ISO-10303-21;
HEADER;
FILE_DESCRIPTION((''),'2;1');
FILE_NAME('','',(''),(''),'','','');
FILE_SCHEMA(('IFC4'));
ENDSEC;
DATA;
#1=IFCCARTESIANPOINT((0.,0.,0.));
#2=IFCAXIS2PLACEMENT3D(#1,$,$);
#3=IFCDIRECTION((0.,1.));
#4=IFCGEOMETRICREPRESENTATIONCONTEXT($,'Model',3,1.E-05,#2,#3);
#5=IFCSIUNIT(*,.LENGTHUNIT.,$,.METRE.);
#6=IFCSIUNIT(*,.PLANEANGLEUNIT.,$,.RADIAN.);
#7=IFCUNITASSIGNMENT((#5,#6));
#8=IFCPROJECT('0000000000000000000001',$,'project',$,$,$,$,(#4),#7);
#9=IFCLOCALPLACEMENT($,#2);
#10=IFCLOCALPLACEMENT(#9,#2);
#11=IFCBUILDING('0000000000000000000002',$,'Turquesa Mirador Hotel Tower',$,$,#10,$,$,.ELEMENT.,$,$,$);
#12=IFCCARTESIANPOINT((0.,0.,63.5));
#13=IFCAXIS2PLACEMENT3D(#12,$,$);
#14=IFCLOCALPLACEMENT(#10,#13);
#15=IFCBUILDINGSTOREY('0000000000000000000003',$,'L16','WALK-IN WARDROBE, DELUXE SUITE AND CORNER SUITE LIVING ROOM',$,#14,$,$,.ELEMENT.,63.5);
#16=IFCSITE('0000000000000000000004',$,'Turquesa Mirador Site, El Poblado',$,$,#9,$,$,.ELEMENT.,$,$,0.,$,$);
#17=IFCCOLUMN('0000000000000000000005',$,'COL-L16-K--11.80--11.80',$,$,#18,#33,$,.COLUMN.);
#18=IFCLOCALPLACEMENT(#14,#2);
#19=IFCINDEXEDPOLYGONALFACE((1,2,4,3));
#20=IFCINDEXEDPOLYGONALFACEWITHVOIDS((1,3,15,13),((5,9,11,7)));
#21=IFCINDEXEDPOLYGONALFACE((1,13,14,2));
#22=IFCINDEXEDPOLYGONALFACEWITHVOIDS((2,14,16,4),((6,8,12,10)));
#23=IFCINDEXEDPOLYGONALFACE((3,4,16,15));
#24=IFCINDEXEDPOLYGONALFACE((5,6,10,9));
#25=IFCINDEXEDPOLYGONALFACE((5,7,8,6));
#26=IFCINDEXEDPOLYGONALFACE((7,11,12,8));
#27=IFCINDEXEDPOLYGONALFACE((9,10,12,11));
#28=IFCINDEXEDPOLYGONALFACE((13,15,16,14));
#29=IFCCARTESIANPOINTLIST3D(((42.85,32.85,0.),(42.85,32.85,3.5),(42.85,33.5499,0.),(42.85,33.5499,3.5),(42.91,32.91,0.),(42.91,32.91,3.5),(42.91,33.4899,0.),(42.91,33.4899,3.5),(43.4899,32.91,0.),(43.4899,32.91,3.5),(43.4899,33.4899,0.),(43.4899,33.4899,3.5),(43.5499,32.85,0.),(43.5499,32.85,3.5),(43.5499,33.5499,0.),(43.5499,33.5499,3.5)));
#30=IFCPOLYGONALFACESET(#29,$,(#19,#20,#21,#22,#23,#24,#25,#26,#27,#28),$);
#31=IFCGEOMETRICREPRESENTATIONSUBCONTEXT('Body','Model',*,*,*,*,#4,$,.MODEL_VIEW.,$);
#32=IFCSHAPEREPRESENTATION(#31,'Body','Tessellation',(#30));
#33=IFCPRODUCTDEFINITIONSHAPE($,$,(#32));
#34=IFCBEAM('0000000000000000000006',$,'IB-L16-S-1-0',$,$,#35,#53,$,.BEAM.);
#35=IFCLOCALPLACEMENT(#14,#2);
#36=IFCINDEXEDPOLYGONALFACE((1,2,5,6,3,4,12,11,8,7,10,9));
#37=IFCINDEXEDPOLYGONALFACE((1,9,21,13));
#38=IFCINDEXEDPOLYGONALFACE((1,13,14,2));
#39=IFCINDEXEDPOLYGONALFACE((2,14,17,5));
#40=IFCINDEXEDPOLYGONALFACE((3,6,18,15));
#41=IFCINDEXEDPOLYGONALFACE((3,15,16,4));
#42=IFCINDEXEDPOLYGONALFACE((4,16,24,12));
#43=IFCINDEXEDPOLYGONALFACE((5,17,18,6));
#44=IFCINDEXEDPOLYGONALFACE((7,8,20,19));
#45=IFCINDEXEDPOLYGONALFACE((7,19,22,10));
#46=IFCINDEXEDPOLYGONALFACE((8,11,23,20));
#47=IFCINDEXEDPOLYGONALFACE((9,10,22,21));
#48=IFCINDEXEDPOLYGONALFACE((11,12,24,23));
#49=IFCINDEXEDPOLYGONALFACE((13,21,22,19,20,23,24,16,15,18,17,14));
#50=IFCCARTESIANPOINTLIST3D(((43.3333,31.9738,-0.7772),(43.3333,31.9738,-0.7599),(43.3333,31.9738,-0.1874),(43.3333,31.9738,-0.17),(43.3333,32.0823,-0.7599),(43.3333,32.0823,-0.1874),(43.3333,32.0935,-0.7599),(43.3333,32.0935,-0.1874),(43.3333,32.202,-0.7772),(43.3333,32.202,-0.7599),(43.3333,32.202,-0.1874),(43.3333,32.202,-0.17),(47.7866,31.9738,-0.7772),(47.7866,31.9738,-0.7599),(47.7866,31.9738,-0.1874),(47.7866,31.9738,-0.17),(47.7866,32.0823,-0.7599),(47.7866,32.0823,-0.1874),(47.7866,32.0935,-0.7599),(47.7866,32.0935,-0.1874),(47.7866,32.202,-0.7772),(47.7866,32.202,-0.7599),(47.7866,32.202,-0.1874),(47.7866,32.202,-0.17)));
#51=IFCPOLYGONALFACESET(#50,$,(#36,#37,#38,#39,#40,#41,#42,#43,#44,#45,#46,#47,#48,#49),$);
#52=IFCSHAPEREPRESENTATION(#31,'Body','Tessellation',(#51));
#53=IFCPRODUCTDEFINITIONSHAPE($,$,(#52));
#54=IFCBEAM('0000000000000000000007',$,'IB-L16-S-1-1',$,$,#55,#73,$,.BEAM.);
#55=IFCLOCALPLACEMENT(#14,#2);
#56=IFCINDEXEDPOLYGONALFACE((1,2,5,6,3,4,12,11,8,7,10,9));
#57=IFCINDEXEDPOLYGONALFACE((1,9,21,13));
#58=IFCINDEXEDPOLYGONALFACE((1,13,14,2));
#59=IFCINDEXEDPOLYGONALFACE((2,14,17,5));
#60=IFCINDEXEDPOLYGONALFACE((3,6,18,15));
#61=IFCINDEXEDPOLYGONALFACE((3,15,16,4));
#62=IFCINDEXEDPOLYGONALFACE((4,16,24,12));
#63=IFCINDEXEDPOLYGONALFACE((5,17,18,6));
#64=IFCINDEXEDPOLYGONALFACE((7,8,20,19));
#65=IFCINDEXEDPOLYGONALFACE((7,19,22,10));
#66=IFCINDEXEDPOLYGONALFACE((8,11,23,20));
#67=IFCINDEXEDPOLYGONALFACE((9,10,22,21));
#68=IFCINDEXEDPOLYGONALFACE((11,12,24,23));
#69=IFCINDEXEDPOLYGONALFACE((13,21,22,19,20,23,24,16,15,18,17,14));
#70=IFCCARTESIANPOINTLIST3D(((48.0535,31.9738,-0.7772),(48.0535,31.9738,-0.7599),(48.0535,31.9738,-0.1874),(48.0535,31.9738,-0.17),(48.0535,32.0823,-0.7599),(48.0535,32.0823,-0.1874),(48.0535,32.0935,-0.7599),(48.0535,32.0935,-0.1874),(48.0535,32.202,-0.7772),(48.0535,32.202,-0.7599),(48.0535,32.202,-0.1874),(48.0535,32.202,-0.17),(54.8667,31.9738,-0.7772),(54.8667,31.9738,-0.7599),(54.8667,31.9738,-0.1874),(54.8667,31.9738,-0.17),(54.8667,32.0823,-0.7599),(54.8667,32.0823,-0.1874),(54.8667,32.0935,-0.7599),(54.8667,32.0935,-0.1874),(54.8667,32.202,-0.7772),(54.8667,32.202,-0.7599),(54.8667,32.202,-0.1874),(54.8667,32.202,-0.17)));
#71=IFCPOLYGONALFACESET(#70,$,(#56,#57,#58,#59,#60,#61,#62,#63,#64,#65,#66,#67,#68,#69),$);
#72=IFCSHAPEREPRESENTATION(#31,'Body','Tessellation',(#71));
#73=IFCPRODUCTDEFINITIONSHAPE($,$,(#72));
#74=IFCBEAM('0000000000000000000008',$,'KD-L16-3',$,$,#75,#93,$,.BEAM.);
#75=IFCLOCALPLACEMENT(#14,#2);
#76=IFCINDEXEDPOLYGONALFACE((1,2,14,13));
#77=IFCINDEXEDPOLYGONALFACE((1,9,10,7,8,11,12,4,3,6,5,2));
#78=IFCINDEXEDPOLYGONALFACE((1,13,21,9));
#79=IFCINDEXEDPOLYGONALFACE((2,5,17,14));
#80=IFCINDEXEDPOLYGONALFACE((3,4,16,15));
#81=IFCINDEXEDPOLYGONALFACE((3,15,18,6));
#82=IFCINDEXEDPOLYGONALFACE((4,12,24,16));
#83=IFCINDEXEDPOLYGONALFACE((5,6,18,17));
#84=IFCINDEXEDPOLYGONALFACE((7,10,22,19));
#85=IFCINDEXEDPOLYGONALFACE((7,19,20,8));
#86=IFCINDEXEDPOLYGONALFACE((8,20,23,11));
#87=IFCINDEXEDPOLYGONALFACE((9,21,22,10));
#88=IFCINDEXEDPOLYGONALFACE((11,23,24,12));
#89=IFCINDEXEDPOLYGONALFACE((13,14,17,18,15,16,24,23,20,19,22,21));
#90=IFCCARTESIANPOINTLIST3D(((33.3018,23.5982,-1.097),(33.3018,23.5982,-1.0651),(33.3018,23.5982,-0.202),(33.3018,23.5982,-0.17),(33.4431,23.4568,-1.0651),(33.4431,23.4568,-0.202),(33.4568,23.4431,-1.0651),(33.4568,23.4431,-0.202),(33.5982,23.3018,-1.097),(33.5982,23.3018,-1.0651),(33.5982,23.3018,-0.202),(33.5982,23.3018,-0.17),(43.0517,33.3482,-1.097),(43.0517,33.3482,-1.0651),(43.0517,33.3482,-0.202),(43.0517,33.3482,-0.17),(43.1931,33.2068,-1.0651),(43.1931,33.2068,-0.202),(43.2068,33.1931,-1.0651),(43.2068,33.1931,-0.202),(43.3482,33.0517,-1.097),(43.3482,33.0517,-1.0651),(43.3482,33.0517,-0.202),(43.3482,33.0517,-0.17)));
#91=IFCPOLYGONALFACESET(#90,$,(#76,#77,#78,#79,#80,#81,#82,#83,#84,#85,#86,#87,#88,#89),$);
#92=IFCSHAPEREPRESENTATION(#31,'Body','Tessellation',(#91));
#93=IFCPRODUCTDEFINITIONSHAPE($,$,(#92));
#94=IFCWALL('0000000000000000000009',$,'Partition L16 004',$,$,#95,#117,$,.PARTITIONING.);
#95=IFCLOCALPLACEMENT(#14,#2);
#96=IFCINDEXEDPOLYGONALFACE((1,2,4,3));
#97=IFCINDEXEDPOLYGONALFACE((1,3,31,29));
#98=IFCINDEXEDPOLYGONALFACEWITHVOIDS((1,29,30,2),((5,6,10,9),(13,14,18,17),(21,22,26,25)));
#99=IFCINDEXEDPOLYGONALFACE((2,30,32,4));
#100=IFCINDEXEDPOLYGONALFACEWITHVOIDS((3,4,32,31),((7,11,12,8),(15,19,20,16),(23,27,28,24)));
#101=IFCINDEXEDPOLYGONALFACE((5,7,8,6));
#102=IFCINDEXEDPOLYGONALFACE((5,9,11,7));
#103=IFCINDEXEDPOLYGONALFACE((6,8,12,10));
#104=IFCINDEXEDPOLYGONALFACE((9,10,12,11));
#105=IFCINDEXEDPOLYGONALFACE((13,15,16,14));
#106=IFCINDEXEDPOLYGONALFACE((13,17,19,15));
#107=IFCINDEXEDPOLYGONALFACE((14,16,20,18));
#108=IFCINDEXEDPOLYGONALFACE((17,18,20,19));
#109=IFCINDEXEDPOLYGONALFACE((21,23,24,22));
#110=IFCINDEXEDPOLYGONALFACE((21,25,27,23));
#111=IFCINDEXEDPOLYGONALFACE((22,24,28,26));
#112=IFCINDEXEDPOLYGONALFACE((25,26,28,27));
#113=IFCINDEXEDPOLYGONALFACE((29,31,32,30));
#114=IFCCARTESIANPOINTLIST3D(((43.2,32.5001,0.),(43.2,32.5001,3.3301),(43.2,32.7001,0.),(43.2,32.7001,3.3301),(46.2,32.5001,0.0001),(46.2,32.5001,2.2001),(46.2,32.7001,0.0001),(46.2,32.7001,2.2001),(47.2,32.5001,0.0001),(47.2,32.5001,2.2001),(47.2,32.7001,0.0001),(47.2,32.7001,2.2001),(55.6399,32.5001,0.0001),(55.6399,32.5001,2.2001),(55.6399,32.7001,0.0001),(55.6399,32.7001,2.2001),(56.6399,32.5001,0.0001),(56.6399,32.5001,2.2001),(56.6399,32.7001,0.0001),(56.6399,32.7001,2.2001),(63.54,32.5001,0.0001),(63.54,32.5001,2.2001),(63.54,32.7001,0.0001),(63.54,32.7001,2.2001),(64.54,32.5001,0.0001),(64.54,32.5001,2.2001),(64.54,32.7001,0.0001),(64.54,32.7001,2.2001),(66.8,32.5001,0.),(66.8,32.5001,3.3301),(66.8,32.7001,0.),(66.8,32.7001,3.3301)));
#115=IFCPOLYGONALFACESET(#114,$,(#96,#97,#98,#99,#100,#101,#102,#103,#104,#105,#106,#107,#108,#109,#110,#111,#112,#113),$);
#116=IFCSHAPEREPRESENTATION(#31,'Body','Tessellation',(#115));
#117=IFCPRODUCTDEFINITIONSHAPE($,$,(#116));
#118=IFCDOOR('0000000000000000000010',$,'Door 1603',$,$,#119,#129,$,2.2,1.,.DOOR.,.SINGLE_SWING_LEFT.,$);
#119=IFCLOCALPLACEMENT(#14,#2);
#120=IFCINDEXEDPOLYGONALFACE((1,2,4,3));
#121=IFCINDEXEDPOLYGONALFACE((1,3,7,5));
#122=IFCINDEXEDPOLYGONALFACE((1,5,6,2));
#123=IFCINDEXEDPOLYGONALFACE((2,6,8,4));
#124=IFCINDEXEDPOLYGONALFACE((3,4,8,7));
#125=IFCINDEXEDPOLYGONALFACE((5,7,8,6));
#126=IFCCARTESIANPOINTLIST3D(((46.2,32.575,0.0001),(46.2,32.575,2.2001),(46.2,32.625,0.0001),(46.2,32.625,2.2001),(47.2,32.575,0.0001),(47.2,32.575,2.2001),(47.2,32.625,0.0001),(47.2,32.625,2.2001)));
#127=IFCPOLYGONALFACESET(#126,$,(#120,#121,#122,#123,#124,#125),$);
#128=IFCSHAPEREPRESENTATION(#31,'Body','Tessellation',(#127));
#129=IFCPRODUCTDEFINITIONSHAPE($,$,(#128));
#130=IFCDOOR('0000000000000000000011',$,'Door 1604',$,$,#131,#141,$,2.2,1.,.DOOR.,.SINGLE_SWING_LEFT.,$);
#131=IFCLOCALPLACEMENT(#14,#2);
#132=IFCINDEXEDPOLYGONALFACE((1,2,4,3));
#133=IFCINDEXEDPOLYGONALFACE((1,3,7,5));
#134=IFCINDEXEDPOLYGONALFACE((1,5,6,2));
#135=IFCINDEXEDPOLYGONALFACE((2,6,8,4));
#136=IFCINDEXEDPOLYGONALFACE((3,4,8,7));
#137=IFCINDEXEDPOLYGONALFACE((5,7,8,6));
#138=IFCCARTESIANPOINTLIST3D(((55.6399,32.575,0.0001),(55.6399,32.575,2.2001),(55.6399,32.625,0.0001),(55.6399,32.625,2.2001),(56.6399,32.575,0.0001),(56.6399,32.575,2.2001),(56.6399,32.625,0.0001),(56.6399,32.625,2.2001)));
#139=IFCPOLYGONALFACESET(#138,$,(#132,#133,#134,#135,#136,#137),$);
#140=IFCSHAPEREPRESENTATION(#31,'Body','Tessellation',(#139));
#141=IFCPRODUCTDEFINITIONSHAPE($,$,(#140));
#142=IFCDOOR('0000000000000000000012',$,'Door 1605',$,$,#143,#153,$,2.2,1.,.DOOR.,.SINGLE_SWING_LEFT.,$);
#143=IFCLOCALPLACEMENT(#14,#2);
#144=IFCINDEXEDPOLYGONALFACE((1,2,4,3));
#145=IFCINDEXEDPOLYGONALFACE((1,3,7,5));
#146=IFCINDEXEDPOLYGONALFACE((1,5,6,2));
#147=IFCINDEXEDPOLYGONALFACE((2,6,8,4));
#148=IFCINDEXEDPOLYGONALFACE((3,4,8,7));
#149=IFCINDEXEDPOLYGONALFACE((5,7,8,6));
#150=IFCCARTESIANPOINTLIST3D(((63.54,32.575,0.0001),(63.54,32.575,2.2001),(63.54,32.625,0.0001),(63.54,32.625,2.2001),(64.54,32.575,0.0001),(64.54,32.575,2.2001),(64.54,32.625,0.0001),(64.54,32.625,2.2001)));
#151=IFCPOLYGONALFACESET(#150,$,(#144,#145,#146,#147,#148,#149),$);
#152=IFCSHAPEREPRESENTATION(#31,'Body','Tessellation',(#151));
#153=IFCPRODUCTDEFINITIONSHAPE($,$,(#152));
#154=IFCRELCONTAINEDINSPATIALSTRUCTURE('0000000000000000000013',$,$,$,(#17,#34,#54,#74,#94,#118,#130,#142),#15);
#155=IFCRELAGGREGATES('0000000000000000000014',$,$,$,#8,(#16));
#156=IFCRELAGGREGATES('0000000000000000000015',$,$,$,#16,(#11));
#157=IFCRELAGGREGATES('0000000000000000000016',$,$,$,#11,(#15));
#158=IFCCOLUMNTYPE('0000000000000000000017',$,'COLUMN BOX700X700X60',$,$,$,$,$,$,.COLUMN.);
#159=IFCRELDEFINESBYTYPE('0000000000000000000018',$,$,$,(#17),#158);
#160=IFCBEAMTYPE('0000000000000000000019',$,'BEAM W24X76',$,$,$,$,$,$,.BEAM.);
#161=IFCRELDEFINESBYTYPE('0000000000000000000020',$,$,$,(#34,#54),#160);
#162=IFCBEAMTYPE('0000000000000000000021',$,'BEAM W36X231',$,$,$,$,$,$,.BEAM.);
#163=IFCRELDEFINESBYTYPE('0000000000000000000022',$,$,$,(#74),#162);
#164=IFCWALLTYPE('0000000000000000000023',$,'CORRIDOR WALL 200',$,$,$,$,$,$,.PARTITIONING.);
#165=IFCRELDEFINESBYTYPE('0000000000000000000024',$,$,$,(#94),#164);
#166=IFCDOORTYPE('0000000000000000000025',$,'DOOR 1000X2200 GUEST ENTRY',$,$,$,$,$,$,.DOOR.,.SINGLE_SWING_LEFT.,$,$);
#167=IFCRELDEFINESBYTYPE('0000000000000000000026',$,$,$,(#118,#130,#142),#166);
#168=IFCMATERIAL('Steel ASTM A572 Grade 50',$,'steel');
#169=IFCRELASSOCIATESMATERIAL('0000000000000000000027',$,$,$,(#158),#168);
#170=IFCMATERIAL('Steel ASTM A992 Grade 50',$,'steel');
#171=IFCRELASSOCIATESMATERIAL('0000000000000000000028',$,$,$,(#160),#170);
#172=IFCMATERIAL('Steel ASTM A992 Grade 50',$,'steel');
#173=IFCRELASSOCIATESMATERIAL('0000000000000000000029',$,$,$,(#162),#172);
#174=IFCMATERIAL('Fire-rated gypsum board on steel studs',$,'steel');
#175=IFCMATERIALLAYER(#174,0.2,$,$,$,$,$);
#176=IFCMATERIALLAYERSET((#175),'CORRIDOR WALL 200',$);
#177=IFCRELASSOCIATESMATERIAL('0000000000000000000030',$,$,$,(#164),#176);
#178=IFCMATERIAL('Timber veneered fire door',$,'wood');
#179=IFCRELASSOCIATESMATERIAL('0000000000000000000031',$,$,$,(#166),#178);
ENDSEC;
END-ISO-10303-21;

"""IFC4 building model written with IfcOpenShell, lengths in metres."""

from ifc_helpers import new_model, si_unit, direction, frame, frame_2d, origin, origin_2d, place, context, subcontext, project, spatial, rectangle, hollow_rectangle, i_section, extrude, material, layer, layer_set, material_profile, profile_set, type_object, element, fill, save


model = new_model("IFC4")

# Units and contexts
model_context = context("Model", 3, precision=1e-05, world=origin(), true_north=direction((0.0, 1.0)))
body_context = subcontext(model_context, "Body", "Model", "MODEL_VIEW")
ifc_project = project(units=[si_unit("LENGTHUNIT", "METRE"), si_unit("PLANEANGLEUNIT", "RADIAN")], contexts=[model_context])

# Site, building, storey
site_placement = place(None, origin())
site = spatial("IfcSite", under=ifc_project, at=site_placement, Name="Turquesa Mirador Site, El Poblado", CompositionType="ELEMENT", RefElevation=0.0)
building_placement = place(site_placement, origin())
building = spatial("IfcBuilding", under=site, at=building_placement, Name="Turquesa Mirador Hotel Tower", CompositionType="ELEMENT")
storey_placement = place(building_placement, frame((0.0, 0.0, 63.5)))
storey = spatial("IfcBuildingStorey", under=building, at=storey_placement, Name="L16", Description="WALK-IN WARDROBE, DELUXE SUITE AND CORNER SUITE LIVING ROOM", CompositionType="ELEMENT", Elevation=63.5)

# Column
ifc_material_1 = material(Name="Steel ASTM A572 Grade 50", Category="steel")
ifc_material_profile_1 = material_profile(ifc_material_1, hollow_rectangle(XDim=0.7, YDim=0.7, WallThickness=0.0601, at=origin_2d()), Name="BOX700X700X60")
ifc_profile_set_1 = profile_set([ifc_material_profile_1], Name="Steel ASTM A572 Grade 50")
column_type = type_object("IfcColumnType", Name="COLUMN BOX700X700X60", PredefinedType="COLUMN", material=ifc_profile_set_1)
column_placement = place(storey_placement, frame((43.2, 33.2, 0.0), z_axis=(0.0, 0.0, 1.0), x_axis=(1.0, 0.0, 0.0)))
element("IfcColumn", 1, at=column_placement, inside=storey, type_object=column_type, Name="COL-L16-K--11.80--11.80", PredefinedType="COLUMN", context=body_context, shape_type="SweptSolid", body=[
    extrude(hollow_rectangle(XDim=0.7, YDim=0.7, WallThickness=0.0601, at=origin_2d()), origin(), (0.0, 0.0, 1.0), 3.5),
])

# Beams
ifc_material_2 = material(Name="Steel ASTM A992 Grade 50", Category="steel")
ifc_material_profile_2 = material_profile(ifc_material_2, i_section(OverallWidth=0.2283, OverallDepth=0.6072, WebThickness=0.0112, FlangeThickness=0.0173, at=origin_2d()), Name="W24X76")
ifc_profile_set_2 = profile_set([ifc_material_profile_2], Name="Steel ASTM A992 Grade 50")
beam_type_1 = type_object("IfcBeamType", Name="BEAM W24X76", PredefinedType="BEAM", material=ifc_profile_set_2)
beam_1_placement = place(storey_placement, frame((43.3333, 32.0879, -0.4736), z_axis=(1.0, 0.0, 0.0), x_axis=(0.0, 1.0, 0.0)))
element("IfcBeam", 2, at=beam_1_placement, inside=storey, type_object=beam_type_1, Name="IB-L16-S-1-0", PredefinedType="BEAM", context=body_context, shape_type="SweptSolid", body=[
    extrude(i_section(OverallWidth=0.2283, OverallDepth=0.6072, WebThickness=0.0112, FlangeThickness=0.0173, at=origin_2d()), origin(), (0.0, 0.0, 1.0), 4.4534),
])
beam_2_placement = place(storey_placement, frame((48.0535, 32.0879, -0.4736), z_axis=(1.0, 0.0, 0.0), x_axis=(0.0, 1.0, 0.0)))
element("IfcBeam", 3, at=beam_2_placement, inside=storey, type_object=beam_type_1, Name="IB-L16-S-1-1", PredefinedType="BEAM", context=body_context, shape_type="SweptSolid", body=[
    extrude(i_section(OverallWidth=0.2283, OverallDepth=0.6072, WebThickness=0.0112, FlangeThickness=0.0173, at=origin_2d()), origin(), (0.0, 0.0, 1.0), 6.8132),
])
ifc_material_3 = material(Name="Steel ASTM A992 Grade 50", Category="steel")
ifc_material_profile_3 = material_profile(ifc_material_3, i_section(OverallWidth=0.4192, OverallDepth=0.927, WebThickness=0.0193, FlangeThickness=0.032, at=origin_2d()), Name="W36X231")
ifc_profile_set_3 = profile_set([ifc_material_profile_3], Name="Steel ASTM A992 Grade 50")
beam_type_2 = type_object("IfcBeamType", Name="BEAM W36X231", PredefinedType="BEAM", material=ifc_profile_set_3)
beam_3_placement = place(storey_placement, frame((43.2, 33.2, -0.6335), z_axis=(-0.707107, -0.707107, 0.0), x_axis=(0.707107, -0.707107, 0.0)))
element("IfcBeam", 4, at=beam_3_placement, inside=storey, type_object=beam_type_2, Name="KD-L16-3", PredefinedType="BEAM", context=body_context, shape_type="SweptSolid", body=[
    extrude(i_section(OverallWidth=0.4192, OverallDepth=0.927, WebThickness=0.0193, FlangeThickness=0.032, at=origin_2d()), origin(), (0.0, 0.0, 1.0), 13.7886),
])

# Wall, openings, doors
ifc_material_4 = material(Name="Fire-rated gypsum board on steel studs", Category="steel")
ifc_layer_1 = layer(ifc_material_4, 0.2)
ifc_layer_set_1 = layer_set([ifc_layer_1], Name="CORRIDOR WALL 200")
wall_type_1 = type_object("IfcWallType", Name="CORRIDOR WALL 200", PredefinedType="PARTITIONING", material=ifc_layer_set_1)
wall_1_placement = place(storey_placement, frame((43.2, 32.6001, 0.0), z_axis=(0.0, 0.0, 1.0), x_axis=(1.0, 0.0, 0.0)))
wall_1 = element("IfcWall", 5, at=wall_1_placement, inside=storey, type_object=wall_type_1, Name="Partition L16 004", PredefinedType="PARTITIONING", context=body_context, shape_type="SweptSolid", body=[
    extrude(rectangle(XDim=23.6001, YDim=0.2, at=frame_2d((11.8, 0.0))), origin(), (0.0, 0.0, 1.0), 3.3301),
])
opening_1_placement = place(wall_1_placement, frame((3.0, 0.0, 0.0)))
opening_1 = element("IfcOpeningElement", 6, at=opening_1_placement, cuts=wall_1, PredefinedType="OPENING", context=body_context, shape_type="SweptSolid", body=[
    extrude(rectangle(XDim=1.0, YDim=2.2, at=frame_2d((0.5, 1.1001))), frame((0.0, 0.1099, 0.0), z_axis=(0.0, -1.0, 0.0), x_axis=(1.0, 0.0, 0.0)), (0.0, 0.0, 1.0), 0.22),
])
opening_2_placement = place(wall_1_placement, frame((12.4399, 0.0, 0.0)))
opening_2 = element("IfcOpeningElement", 7, at=opening_2_placement, cuts=wall_1, PredefinedType="OPENING", context=body_context, shape_type="SweptSolid", body=[
    extrude(rectangle(XDim=1.0, YDim=2.2, at=frame_2d((0.5, 1.1001))), frame((0.0, 0.1099, 0.0), z_axis=(0.0, -1.0, 0.0), x_axis=(1.0, 0.0, 0.0)), (0.0, 0.0, 1.0), 0.22),
])
opening_3_placement = place(wall_1_placement, frame((20.3401, 0.0, 0.0)))
opening_3 = element("IfcOpeningElement", 8, at=opening_3_placement, cuts=wall_1, PredefinedType="OPENING", context=body_context, shape_type="SweptSolid", body=[
    extrude(rectangle(XDim=1.0, YDim=2.2, at=frame_2d((0.5, 1.1001))), frame((0.0, 0.1099, 0.0), z_axis=(0.0, -1.0, 0.0), x_axis=(1.0, 0.0, 0.0)), (0.0, 0.0, 1.0), 0.22),
])
ifc_material_5 = material(Name="Timber veneered fire door", Category="wood")
door_type_1 = type_object("IfcDoorType", Name="DOOR 1000X2200 GUEST ENTRY", OperationType="SINGLE_SWING_LEFT", PredefinedType="DOOR", material=ifc_material_5)
door_1_placement = place(opening_1_placement, origin())
door_1 = element("IfcDoor", 9, at=door_1_placement, inside=storey, type_object=door_type_1, Name="Door 1603", OperationType="SINGLE_SWING_LEFT", OverallHeight=2.2, OverallWidth=1.0, PredefinedType="DOOR", context=body_context, shape_type="SweptSolid", body=[
    extrude(rectangle(XDim=1.0, YDim=2.2, at=frame_2d((0.5, 1.1001))), frame((0.0, 0.0249, 0.0), z_axis=(0.0, -1.0, 0.0), x_axis=(1.0, 0.0, 0.0)), (0.0, 0.0, 1.0), 0.05),
])
fill(opening_1, door_1)
door_2_placement = place(opening_2_placement, origin())
door_2 = element("IfcDoor", 10, at=door_2_placement, inside=storey, type_object=door_type_1, Name="Door 1604", OperationType="SINGLE_SWING_LEFT", OverallHeight=2.2, OverallWidth=1.0, PredefinedType="DOOR", context=body_context, shape_type="SweptSolid", body=[
    extrude(rectangle(XDim=1.0, YDim=2.2, at=frame_2d((0.5, 1.1001))), frame((0.0, 0.0249, 0.0), z_axis=(0.0, -1.0, 0.0), x_axis=(1.0, 0.0, 0.0)), (0.0, 0.0, 1.0), 0.05),
])
fill(opening_2, door_2)
door_3_placement = place(opening_3_placement, origin())
door_3 = element("IfcDoor", 11, at=door_3_placement, inside=storey, type_object=door_type_1, Name="Door 1605", OperationType="SINGLE_SWING_LEFT", OverallHeight=2.2, OverallWidth=1.0, PredefinedType="DOOR", context=body_context, shape_type="SweptSolid", body=[
    extrude(rectangle(XDim=1.0, YDim=2.2, at=frame_2d((0.5, 1.1001))), frame((0.0, 0.0249, 0.0), z_axis=(0.0, -1.0, 0.0), x_axis=(1.0, 0.0, 0.0)), (0.0, 0.0, 1.0), 0.05),
])
fill(opening_3, door_3)

save(model, "model.ifc")
